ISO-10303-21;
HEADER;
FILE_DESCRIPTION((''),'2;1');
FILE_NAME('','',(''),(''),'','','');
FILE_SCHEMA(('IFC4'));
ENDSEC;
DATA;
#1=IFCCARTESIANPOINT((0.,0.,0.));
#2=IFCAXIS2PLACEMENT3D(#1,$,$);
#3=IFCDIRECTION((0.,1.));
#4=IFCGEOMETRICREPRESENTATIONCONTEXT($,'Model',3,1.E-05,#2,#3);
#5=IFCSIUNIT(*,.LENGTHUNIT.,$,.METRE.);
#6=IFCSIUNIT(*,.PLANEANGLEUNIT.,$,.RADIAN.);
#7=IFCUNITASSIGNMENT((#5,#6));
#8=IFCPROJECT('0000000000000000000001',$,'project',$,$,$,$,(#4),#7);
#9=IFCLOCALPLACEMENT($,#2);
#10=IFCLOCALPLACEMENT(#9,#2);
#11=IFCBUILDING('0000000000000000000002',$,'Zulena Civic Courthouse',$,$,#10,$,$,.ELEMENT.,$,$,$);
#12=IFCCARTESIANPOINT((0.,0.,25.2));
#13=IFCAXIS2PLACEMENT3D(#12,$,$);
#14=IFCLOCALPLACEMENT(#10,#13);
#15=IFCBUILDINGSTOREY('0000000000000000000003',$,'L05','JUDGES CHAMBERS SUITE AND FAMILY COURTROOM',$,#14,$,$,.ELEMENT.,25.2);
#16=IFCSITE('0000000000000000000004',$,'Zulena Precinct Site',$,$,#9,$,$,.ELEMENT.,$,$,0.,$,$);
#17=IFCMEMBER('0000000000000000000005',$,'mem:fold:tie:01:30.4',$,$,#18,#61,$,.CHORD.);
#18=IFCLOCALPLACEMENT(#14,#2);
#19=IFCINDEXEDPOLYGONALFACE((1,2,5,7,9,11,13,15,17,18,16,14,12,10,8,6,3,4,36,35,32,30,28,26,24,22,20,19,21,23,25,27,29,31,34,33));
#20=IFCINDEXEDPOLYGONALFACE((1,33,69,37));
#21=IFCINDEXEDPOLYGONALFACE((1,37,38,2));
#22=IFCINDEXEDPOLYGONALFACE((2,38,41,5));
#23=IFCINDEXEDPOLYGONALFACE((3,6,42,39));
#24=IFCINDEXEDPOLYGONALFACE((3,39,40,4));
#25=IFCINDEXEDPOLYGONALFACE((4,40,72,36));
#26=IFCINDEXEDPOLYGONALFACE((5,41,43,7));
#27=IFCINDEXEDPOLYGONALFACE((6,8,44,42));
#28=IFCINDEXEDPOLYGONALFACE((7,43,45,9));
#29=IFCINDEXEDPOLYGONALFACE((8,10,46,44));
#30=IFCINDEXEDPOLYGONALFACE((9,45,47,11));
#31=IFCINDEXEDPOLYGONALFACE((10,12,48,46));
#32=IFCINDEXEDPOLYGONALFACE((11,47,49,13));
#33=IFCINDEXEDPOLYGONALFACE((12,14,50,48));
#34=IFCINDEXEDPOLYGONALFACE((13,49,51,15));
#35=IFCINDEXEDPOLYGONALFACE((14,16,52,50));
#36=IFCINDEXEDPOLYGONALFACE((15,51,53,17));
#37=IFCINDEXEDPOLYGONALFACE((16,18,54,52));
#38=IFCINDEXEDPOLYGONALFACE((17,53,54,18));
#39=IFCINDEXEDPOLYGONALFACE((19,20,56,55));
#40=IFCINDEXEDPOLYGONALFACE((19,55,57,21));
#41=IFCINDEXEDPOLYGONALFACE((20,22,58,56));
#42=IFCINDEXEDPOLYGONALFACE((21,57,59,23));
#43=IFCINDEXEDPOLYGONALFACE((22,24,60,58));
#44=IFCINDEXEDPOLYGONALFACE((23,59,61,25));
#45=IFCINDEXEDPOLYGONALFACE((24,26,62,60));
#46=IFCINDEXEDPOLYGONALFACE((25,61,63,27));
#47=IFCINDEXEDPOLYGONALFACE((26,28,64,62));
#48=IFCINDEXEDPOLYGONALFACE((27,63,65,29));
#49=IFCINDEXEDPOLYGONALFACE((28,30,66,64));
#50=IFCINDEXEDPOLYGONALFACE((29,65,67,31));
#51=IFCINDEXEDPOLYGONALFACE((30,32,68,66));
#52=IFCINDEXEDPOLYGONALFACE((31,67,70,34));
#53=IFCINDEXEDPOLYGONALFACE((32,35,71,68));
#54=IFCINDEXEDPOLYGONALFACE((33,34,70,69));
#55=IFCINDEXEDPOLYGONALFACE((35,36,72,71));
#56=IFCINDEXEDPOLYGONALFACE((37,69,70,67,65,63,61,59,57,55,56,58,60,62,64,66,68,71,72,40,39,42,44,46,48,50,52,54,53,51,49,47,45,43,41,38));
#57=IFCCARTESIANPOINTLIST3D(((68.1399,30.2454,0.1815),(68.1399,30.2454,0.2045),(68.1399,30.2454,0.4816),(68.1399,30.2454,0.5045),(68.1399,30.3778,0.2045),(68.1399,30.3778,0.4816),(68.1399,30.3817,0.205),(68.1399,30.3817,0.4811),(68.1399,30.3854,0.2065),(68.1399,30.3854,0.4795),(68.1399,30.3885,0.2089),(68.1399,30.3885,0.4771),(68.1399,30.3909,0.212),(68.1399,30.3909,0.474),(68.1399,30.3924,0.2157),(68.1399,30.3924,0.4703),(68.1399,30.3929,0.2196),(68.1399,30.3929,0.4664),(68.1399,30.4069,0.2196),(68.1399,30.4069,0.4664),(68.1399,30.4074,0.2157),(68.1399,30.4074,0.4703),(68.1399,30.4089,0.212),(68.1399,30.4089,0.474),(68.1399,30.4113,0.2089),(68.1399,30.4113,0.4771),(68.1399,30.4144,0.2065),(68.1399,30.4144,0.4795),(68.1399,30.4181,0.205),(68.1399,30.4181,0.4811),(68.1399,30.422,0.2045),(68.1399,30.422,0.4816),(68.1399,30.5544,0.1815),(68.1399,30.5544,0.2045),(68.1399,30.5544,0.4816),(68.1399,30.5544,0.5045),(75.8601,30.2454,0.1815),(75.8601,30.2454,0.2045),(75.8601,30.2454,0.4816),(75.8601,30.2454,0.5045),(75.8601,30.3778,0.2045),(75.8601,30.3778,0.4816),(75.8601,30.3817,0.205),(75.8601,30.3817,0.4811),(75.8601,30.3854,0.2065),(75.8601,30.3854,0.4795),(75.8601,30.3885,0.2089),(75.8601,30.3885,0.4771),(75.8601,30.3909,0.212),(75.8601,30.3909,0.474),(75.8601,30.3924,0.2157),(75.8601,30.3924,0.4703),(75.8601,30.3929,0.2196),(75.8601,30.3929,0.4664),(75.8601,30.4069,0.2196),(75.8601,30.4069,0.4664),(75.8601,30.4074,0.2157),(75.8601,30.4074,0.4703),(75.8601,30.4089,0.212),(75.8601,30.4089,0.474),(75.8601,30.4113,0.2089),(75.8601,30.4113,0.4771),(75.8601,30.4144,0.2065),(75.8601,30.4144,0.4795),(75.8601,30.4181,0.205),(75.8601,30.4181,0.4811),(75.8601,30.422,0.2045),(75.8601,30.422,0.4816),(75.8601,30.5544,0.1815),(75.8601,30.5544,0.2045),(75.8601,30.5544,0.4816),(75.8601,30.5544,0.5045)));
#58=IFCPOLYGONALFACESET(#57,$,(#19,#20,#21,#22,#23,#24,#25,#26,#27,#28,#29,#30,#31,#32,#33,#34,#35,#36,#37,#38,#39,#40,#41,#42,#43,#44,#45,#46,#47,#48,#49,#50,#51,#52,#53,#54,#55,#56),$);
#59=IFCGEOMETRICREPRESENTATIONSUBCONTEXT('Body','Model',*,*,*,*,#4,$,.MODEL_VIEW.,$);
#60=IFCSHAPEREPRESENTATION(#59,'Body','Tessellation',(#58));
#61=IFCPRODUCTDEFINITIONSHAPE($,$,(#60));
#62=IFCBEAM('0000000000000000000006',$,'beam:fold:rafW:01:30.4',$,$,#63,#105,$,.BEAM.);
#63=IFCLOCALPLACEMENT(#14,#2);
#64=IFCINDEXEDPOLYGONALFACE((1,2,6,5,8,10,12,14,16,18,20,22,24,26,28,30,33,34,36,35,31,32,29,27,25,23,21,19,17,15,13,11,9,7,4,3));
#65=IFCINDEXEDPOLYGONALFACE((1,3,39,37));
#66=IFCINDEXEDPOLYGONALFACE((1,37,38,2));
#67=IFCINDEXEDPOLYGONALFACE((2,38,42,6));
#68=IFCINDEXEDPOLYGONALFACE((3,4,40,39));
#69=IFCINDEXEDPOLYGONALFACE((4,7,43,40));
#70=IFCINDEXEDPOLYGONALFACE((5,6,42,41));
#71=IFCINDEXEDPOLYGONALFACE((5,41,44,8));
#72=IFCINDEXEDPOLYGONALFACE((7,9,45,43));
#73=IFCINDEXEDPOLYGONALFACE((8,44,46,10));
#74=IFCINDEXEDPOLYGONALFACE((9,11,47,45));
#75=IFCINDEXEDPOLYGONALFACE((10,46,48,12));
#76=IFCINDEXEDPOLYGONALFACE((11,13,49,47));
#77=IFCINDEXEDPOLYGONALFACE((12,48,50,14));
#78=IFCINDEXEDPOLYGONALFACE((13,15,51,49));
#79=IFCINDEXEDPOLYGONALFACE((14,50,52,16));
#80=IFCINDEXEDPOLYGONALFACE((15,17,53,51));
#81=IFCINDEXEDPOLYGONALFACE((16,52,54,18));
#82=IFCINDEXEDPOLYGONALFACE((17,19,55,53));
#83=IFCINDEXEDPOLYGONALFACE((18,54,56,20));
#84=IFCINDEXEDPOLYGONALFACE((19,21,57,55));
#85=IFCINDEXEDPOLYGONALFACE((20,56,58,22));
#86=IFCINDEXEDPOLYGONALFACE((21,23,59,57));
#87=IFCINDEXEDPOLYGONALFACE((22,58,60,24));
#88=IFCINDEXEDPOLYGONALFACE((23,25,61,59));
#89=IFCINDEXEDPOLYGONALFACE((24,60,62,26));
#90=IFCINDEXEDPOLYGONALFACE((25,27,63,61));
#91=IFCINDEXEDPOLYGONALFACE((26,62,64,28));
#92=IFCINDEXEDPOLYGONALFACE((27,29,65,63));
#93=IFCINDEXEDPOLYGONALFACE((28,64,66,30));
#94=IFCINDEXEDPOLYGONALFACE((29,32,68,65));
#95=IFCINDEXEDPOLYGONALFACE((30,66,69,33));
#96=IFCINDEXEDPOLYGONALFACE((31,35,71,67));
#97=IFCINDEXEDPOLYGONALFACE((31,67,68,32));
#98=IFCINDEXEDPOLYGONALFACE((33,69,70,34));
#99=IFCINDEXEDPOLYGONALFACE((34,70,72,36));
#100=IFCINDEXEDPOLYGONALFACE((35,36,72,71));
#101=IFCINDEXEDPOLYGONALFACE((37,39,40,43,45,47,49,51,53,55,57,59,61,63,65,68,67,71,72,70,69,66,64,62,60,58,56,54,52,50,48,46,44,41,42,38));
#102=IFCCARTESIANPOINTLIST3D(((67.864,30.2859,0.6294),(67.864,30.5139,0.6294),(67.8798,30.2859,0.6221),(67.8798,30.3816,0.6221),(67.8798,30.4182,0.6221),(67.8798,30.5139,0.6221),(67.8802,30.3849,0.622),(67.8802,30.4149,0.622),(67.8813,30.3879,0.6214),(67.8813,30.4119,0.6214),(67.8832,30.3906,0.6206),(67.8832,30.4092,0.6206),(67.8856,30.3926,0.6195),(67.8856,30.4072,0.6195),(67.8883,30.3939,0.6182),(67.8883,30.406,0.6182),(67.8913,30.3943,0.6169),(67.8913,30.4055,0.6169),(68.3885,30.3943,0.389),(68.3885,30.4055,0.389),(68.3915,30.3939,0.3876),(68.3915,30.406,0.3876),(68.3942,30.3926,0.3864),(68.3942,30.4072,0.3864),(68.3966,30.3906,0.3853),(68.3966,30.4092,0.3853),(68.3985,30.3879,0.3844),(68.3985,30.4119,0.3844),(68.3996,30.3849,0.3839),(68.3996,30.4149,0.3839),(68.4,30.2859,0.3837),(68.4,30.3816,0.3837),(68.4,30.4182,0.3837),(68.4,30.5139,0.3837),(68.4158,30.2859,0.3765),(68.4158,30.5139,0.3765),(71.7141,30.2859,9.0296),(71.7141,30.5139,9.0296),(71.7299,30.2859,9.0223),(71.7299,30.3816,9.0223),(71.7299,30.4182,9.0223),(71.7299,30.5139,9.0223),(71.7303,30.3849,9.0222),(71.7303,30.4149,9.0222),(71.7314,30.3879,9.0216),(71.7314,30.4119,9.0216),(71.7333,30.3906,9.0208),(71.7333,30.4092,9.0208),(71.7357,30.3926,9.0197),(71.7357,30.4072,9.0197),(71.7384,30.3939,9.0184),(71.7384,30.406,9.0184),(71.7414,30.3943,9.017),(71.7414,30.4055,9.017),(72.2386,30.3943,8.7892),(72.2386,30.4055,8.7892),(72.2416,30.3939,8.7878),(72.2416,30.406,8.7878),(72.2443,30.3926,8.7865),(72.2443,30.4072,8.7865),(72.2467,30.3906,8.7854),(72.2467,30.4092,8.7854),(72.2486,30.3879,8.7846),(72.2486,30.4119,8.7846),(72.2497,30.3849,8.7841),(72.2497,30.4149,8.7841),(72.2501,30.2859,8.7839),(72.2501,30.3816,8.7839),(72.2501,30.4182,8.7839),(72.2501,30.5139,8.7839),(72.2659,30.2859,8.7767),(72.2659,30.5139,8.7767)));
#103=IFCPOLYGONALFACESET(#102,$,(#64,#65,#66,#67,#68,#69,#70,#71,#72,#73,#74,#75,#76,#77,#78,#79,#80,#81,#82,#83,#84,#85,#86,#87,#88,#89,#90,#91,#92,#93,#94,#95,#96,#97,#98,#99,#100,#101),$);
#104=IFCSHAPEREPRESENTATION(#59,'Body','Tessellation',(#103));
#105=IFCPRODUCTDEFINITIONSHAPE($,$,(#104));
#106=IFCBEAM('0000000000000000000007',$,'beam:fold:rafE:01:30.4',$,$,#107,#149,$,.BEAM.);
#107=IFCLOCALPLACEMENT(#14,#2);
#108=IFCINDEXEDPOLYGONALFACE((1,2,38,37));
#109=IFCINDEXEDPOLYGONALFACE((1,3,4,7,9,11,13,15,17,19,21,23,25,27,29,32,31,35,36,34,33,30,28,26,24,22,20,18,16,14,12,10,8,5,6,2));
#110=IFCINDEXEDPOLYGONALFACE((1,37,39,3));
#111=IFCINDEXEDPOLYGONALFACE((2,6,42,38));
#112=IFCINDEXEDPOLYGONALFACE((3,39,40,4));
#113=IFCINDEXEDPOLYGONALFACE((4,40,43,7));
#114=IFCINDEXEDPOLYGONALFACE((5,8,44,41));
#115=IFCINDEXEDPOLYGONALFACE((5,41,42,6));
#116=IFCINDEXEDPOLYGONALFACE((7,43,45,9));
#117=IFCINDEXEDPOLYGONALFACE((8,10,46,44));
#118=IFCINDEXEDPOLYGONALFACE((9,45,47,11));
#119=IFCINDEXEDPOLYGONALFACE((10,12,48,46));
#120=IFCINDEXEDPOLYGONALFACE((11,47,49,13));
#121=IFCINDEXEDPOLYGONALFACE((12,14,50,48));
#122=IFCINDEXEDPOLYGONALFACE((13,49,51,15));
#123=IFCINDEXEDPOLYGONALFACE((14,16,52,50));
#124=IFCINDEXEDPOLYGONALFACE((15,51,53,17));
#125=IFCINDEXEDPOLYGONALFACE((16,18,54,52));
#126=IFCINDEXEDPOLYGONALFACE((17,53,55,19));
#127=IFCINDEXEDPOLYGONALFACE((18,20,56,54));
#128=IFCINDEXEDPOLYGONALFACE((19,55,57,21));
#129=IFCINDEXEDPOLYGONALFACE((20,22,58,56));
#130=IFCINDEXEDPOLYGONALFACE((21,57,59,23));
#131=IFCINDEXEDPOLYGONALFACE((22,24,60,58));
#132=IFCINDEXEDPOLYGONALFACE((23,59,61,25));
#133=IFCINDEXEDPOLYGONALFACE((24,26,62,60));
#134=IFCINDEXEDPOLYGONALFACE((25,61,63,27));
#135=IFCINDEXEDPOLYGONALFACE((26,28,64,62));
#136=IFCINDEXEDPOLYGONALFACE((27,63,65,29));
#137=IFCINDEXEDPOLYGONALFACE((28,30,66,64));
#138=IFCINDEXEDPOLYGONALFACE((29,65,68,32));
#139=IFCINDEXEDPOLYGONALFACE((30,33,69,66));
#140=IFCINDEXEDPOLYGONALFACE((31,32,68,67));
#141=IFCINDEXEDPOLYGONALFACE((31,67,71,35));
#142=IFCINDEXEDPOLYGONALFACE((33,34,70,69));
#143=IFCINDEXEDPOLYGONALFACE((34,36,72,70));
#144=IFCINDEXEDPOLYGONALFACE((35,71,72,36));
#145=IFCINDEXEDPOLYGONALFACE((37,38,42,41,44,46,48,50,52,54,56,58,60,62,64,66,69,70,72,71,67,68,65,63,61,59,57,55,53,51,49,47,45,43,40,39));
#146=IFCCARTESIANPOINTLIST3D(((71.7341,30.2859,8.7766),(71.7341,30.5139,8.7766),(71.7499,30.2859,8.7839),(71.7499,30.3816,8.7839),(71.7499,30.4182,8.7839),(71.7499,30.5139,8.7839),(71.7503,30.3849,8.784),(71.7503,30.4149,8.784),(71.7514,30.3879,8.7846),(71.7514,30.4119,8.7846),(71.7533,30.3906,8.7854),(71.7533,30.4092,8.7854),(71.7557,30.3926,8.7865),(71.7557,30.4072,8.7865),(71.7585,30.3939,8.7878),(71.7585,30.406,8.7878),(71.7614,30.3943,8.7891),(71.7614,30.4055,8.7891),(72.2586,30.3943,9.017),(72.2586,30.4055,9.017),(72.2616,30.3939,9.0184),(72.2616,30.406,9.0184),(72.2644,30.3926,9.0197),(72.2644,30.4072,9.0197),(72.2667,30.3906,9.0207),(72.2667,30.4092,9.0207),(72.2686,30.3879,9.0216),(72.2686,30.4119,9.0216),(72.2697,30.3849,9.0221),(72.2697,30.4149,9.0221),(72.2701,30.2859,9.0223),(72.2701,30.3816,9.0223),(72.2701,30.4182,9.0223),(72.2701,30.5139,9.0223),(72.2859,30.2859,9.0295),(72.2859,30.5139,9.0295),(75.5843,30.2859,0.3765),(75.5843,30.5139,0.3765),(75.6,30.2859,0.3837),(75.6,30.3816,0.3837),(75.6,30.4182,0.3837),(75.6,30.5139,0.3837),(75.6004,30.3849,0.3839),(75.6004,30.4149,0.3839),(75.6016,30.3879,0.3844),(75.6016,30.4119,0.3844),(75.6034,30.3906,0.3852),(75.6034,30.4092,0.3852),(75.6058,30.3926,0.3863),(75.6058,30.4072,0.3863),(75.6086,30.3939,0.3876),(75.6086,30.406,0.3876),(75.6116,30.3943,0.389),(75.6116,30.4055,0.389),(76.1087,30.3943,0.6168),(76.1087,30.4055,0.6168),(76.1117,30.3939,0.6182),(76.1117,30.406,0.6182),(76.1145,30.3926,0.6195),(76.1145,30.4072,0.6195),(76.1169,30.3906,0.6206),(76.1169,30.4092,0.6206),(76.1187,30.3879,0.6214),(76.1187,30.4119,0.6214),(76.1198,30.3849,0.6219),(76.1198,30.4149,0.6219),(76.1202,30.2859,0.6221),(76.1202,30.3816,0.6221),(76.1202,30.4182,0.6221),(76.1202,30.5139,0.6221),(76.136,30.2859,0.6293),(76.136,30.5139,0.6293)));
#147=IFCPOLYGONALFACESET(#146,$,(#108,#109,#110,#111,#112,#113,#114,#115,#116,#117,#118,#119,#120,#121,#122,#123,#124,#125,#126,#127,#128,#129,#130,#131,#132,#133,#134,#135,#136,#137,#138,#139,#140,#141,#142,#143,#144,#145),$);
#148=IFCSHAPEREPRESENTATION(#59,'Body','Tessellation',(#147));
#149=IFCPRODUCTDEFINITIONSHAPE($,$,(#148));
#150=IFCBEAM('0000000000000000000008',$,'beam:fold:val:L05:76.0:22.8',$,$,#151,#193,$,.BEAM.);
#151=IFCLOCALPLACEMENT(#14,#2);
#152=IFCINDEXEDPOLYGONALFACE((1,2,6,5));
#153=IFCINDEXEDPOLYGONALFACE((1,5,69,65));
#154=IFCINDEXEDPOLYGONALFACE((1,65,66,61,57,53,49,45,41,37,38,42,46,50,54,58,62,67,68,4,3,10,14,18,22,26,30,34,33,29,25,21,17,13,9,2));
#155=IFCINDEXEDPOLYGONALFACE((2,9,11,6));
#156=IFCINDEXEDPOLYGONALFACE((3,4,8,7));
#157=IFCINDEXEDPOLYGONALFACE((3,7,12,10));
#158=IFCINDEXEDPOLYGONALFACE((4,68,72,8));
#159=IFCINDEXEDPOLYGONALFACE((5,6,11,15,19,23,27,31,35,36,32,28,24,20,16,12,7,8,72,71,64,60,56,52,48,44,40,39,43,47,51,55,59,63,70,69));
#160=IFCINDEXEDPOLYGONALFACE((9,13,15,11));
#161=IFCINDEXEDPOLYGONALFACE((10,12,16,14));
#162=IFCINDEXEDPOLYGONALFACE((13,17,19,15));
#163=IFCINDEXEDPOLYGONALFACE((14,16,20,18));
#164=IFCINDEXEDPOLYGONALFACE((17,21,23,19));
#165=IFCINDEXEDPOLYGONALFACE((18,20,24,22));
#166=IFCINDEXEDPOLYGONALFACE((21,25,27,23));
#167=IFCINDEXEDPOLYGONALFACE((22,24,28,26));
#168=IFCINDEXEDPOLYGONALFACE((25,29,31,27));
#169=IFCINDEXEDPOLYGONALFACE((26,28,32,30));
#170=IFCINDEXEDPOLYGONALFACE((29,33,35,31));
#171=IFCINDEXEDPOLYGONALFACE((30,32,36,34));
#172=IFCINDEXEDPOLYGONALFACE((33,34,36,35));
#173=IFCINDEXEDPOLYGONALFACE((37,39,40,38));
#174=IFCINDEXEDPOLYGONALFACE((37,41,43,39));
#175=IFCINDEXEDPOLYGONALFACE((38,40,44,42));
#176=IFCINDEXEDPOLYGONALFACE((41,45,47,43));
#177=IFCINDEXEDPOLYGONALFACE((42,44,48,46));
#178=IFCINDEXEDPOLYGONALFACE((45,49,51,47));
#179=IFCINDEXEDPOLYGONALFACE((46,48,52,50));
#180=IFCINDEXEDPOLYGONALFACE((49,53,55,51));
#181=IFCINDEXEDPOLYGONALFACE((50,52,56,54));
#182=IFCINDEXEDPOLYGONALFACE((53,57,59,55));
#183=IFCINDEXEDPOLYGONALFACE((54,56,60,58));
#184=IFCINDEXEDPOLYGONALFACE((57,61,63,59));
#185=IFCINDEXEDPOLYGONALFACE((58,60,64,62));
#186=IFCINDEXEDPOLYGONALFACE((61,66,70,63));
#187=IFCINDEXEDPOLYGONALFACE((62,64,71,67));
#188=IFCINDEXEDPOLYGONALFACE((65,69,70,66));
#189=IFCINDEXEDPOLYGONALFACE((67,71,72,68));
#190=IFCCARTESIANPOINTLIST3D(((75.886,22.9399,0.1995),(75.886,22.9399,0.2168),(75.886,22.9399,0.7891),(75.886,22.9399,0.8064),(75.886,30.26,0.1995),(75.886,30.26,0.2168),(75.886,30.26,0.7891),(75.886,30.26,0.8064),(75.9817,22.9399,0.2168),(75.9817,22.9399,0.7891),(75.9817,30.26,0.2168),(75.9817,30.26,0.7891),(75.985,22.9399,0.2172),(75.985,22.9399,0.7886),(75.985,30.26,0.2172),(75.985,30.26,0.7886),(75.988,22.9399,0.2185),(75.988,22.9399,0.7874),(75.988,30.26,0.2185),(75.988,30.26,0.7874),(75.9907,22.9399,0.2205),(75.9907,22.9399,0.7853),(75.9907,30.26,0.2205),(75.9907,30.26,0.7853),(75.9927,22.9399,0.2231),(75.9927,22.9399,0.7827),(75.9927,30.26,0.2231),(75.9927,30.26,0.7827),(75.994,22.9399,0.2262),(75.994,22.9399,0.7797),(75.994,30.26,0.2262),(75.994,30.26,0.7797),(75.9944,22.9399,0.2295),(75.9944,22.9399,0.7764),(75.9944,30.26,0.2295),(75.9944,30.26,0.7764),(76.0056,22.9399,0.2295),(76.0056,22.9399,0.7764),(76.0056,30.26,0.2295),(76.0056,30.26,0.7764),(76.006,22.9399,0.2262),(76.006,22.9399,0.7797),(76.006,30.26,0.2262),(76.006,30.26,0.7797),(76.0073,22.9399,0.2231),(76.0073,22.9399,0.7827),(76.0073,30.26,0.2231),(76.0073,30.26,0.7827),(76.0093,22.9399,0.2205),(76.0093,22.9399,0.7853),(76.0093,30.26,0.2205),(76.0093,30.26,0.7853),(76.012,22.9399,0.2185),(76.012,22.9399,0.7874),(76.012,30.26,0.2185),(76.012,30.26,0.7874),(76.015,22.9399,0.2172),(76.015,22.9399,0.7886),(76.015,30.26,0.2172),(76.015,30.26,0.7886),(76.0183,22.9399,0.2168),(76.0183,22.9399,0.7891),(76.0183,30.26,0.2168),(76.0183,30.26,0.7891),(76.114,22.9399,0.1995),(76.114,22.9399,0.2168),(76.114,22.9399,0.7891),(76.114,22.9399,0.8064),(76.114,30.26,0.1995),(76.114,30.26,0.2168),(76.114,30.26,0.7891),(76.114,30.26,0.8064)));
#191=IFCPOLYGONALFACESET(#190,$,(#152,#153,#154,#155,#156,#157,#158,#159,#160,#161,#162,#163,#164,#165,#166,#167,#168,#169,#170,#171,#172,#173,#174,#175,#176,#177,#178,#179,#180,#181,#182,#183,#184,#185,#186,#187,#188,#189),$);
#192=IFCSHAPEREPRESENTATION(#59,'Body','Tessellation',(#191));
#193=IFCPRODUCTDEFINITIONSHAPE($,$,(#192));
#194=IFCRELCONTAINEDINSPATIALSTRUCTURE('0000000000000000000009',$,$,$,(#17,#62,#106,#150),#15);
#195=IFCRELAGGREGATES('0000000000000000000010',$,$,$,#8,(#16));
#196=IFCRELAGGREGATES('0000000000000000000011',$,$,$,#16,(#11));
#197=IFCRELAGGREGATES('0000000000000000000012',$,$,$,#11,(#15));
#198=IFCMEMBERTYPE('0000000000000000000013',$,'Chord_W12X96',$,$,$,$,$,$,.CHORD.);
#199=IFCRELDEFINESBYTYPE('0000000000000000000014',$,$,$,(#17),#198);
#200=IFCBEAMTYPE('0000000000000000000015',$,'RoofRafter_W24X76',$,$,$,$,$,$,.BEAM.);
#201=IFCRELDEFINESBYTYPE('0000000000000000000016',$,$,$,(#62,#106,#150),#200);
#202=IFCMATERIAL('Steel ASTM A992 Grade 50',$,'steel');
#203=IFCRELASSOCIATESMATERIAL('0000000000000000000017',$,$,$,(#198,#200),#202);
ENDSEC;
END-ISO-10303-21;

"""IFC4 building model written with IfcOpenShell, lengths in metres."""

from ifc_helpers import new_model, si_unit, direction, frame, origin, origin_2d, place, context, subcontext, project, spatial, i_section, extrude, material, material_profile, profile_set, type_object, element, save


model = new_model("IFC4")

# Units and contexts
model_context = context("Model", 3, precision=1e-05, world=origin(), true_north=direction((0.0, 1.0)))
body_context = subcontext(model_context, "Body", "Model", "MODEL_VIEW")
ifc_project = project(units=[si_unit("LENGTHUNIT", "METRE"), si_unit("PLANEANGLEUNIT", "RADIAN")], contexts=[model_context])

# Site, building, storey
site_placement = place(None, origin())
site = spatial("IfcSite", under=ifc_project, at=site_placement, Name="Zulena Precinct Site", CompositionType="ELEMENT", RefElevation=0.0)
building_placement = place(site_placement, origin())
building = spatial("IfcBuilding", under=site, at=building_placement, Name="Zulena Civic Courthouse", CompositionType="ELEMENT")
storey_placement = place(building_placement, frame((0.0, 0.0, 25.2)))
storey = spatial("IfcBuildingStorey", under=building, at=storey_placement, Name="L05", Description="JUDGES CHAMBERS SUITE AND FAMILY COURTROOM", CompositionType="ELEMENT", Elevation=25.2)

# Member
ifc_material_1 = material(Name="Steel ASTM A992 Grade 50", Category="steel")
ifc_material_profile_1 = material_profile(ifc_material_1, i_section(OverallWidth=0.3091, OverallDepth=0.323, WebThickness=0.0139, FlangeThickness=0.0229, FilletRadius=0.0151, at=origin_2d()), Name="W12X96")
ifc_profile_set_1 = profile_set([ifc_material_profile_1], Name="Steel ASTM A992 Grade 50")
member_type_1 = type_object("IfcMemberType", Name="Chord_W12X96", PredefinedType="CHORD", material=ifc_profile_set_1)
member_1_placement = place(storey_placement, frame((68.1399, 30.3999, 0.343), z_axis=(1.0, 0.0, 0.0), x_axis=(0.0, 1.0, 0.0)))
element("IfcMember", 1, at=member_1_placement, inside=storey, type_object=member_type_1, Name="mem:fold:tie:01:30.4", PredefinedType="CHORD", context=body_context, shape_type="SweptSolid", body=[
    extrude(i_section(OverallWidth=0.3091, OverallDepth=0.323, WebThickness=0.0139, FlangeThickness=0.0229, FilletRadius=0.0151, at=origin_2d()), origin(), (0.0, 0.0, 1.0), 7.7202),
])

# Beams
ifc_material_profile_2 = material_profile(ifc_material_1, i_section(OverallWidth=0.228, OverallDepth=0.6069, WebThickness=0.0112, FlangeThickness=0.0173, FilletRadius=0.0127, at=origin_2d()), Name="W24X76")
ifc_profile_set_2 = profile_set([ifc_material_profile_2], Name="Steel ASTM A992 Grade 50")
beam_type_1 = type_object("IfcBeamType", Name="RoofRafter_W24X76", PredefinedType="BEAM", material=ifc_profile_set_2)
for number, where, z_axis, x_axis, name in (
    (2, (68.1399, 30.3999, 0.5029), (0.416657, 0.0, 0.909064), (0.0, 1.0, 0.0), "beam:fold:rafW:01:30.4"),
    (3, (72.01, 30.3999, 8.9031), (0.416657, 0.0, -0.909064), (0.0, 1.0, 0.0), "beam:fold:rafE:01:30.4"),
):
    element("IfcBeam", number, at=place(storey_placement, frame(where, z_axis=z_axis, x_axis=x_axis)), inside=storey, type_object=beam_type_1, Name=name, PredefinedType="BEAM", context=body_context, shape_type="SweptSolid", body=[
        extrude(i_section(OverallWidth=0.228, OverallDepth=0.6069, WebThickness=0.0112, FlangeThickness=0.0173, FilletRadius=0.0127, at=origin_2d()), origin(), (0.0, 0.0, 1.0), 9.2405),
    ])
beam_1_placement = place(storey_placement, frame((76.0, 22.9399, 0.5029), z_axis=(0.0, 1.0, 0.0), x_axis=(-1.0, 0.0, 0.0)))
element("IfcBeam", 4, at=beam_1_placement, inside=storey, type_object=beam_type_1, Name="beam:fold:val:L05:76.0:22.8", PredefinedType="BEAM", context=body_context, shape_type="SweptSolid", body=[
    extrude(i_section(OverallWidth=0.228, OverallDepth=0.6069, WebThickness=0.0112, FlangeThickness=0.0173, FilletRadius=0.0127, at=origin_2d()), origin(), (0.0, 0.0, 1.0), 7.3201),
])

save(model, "model.ifc")
